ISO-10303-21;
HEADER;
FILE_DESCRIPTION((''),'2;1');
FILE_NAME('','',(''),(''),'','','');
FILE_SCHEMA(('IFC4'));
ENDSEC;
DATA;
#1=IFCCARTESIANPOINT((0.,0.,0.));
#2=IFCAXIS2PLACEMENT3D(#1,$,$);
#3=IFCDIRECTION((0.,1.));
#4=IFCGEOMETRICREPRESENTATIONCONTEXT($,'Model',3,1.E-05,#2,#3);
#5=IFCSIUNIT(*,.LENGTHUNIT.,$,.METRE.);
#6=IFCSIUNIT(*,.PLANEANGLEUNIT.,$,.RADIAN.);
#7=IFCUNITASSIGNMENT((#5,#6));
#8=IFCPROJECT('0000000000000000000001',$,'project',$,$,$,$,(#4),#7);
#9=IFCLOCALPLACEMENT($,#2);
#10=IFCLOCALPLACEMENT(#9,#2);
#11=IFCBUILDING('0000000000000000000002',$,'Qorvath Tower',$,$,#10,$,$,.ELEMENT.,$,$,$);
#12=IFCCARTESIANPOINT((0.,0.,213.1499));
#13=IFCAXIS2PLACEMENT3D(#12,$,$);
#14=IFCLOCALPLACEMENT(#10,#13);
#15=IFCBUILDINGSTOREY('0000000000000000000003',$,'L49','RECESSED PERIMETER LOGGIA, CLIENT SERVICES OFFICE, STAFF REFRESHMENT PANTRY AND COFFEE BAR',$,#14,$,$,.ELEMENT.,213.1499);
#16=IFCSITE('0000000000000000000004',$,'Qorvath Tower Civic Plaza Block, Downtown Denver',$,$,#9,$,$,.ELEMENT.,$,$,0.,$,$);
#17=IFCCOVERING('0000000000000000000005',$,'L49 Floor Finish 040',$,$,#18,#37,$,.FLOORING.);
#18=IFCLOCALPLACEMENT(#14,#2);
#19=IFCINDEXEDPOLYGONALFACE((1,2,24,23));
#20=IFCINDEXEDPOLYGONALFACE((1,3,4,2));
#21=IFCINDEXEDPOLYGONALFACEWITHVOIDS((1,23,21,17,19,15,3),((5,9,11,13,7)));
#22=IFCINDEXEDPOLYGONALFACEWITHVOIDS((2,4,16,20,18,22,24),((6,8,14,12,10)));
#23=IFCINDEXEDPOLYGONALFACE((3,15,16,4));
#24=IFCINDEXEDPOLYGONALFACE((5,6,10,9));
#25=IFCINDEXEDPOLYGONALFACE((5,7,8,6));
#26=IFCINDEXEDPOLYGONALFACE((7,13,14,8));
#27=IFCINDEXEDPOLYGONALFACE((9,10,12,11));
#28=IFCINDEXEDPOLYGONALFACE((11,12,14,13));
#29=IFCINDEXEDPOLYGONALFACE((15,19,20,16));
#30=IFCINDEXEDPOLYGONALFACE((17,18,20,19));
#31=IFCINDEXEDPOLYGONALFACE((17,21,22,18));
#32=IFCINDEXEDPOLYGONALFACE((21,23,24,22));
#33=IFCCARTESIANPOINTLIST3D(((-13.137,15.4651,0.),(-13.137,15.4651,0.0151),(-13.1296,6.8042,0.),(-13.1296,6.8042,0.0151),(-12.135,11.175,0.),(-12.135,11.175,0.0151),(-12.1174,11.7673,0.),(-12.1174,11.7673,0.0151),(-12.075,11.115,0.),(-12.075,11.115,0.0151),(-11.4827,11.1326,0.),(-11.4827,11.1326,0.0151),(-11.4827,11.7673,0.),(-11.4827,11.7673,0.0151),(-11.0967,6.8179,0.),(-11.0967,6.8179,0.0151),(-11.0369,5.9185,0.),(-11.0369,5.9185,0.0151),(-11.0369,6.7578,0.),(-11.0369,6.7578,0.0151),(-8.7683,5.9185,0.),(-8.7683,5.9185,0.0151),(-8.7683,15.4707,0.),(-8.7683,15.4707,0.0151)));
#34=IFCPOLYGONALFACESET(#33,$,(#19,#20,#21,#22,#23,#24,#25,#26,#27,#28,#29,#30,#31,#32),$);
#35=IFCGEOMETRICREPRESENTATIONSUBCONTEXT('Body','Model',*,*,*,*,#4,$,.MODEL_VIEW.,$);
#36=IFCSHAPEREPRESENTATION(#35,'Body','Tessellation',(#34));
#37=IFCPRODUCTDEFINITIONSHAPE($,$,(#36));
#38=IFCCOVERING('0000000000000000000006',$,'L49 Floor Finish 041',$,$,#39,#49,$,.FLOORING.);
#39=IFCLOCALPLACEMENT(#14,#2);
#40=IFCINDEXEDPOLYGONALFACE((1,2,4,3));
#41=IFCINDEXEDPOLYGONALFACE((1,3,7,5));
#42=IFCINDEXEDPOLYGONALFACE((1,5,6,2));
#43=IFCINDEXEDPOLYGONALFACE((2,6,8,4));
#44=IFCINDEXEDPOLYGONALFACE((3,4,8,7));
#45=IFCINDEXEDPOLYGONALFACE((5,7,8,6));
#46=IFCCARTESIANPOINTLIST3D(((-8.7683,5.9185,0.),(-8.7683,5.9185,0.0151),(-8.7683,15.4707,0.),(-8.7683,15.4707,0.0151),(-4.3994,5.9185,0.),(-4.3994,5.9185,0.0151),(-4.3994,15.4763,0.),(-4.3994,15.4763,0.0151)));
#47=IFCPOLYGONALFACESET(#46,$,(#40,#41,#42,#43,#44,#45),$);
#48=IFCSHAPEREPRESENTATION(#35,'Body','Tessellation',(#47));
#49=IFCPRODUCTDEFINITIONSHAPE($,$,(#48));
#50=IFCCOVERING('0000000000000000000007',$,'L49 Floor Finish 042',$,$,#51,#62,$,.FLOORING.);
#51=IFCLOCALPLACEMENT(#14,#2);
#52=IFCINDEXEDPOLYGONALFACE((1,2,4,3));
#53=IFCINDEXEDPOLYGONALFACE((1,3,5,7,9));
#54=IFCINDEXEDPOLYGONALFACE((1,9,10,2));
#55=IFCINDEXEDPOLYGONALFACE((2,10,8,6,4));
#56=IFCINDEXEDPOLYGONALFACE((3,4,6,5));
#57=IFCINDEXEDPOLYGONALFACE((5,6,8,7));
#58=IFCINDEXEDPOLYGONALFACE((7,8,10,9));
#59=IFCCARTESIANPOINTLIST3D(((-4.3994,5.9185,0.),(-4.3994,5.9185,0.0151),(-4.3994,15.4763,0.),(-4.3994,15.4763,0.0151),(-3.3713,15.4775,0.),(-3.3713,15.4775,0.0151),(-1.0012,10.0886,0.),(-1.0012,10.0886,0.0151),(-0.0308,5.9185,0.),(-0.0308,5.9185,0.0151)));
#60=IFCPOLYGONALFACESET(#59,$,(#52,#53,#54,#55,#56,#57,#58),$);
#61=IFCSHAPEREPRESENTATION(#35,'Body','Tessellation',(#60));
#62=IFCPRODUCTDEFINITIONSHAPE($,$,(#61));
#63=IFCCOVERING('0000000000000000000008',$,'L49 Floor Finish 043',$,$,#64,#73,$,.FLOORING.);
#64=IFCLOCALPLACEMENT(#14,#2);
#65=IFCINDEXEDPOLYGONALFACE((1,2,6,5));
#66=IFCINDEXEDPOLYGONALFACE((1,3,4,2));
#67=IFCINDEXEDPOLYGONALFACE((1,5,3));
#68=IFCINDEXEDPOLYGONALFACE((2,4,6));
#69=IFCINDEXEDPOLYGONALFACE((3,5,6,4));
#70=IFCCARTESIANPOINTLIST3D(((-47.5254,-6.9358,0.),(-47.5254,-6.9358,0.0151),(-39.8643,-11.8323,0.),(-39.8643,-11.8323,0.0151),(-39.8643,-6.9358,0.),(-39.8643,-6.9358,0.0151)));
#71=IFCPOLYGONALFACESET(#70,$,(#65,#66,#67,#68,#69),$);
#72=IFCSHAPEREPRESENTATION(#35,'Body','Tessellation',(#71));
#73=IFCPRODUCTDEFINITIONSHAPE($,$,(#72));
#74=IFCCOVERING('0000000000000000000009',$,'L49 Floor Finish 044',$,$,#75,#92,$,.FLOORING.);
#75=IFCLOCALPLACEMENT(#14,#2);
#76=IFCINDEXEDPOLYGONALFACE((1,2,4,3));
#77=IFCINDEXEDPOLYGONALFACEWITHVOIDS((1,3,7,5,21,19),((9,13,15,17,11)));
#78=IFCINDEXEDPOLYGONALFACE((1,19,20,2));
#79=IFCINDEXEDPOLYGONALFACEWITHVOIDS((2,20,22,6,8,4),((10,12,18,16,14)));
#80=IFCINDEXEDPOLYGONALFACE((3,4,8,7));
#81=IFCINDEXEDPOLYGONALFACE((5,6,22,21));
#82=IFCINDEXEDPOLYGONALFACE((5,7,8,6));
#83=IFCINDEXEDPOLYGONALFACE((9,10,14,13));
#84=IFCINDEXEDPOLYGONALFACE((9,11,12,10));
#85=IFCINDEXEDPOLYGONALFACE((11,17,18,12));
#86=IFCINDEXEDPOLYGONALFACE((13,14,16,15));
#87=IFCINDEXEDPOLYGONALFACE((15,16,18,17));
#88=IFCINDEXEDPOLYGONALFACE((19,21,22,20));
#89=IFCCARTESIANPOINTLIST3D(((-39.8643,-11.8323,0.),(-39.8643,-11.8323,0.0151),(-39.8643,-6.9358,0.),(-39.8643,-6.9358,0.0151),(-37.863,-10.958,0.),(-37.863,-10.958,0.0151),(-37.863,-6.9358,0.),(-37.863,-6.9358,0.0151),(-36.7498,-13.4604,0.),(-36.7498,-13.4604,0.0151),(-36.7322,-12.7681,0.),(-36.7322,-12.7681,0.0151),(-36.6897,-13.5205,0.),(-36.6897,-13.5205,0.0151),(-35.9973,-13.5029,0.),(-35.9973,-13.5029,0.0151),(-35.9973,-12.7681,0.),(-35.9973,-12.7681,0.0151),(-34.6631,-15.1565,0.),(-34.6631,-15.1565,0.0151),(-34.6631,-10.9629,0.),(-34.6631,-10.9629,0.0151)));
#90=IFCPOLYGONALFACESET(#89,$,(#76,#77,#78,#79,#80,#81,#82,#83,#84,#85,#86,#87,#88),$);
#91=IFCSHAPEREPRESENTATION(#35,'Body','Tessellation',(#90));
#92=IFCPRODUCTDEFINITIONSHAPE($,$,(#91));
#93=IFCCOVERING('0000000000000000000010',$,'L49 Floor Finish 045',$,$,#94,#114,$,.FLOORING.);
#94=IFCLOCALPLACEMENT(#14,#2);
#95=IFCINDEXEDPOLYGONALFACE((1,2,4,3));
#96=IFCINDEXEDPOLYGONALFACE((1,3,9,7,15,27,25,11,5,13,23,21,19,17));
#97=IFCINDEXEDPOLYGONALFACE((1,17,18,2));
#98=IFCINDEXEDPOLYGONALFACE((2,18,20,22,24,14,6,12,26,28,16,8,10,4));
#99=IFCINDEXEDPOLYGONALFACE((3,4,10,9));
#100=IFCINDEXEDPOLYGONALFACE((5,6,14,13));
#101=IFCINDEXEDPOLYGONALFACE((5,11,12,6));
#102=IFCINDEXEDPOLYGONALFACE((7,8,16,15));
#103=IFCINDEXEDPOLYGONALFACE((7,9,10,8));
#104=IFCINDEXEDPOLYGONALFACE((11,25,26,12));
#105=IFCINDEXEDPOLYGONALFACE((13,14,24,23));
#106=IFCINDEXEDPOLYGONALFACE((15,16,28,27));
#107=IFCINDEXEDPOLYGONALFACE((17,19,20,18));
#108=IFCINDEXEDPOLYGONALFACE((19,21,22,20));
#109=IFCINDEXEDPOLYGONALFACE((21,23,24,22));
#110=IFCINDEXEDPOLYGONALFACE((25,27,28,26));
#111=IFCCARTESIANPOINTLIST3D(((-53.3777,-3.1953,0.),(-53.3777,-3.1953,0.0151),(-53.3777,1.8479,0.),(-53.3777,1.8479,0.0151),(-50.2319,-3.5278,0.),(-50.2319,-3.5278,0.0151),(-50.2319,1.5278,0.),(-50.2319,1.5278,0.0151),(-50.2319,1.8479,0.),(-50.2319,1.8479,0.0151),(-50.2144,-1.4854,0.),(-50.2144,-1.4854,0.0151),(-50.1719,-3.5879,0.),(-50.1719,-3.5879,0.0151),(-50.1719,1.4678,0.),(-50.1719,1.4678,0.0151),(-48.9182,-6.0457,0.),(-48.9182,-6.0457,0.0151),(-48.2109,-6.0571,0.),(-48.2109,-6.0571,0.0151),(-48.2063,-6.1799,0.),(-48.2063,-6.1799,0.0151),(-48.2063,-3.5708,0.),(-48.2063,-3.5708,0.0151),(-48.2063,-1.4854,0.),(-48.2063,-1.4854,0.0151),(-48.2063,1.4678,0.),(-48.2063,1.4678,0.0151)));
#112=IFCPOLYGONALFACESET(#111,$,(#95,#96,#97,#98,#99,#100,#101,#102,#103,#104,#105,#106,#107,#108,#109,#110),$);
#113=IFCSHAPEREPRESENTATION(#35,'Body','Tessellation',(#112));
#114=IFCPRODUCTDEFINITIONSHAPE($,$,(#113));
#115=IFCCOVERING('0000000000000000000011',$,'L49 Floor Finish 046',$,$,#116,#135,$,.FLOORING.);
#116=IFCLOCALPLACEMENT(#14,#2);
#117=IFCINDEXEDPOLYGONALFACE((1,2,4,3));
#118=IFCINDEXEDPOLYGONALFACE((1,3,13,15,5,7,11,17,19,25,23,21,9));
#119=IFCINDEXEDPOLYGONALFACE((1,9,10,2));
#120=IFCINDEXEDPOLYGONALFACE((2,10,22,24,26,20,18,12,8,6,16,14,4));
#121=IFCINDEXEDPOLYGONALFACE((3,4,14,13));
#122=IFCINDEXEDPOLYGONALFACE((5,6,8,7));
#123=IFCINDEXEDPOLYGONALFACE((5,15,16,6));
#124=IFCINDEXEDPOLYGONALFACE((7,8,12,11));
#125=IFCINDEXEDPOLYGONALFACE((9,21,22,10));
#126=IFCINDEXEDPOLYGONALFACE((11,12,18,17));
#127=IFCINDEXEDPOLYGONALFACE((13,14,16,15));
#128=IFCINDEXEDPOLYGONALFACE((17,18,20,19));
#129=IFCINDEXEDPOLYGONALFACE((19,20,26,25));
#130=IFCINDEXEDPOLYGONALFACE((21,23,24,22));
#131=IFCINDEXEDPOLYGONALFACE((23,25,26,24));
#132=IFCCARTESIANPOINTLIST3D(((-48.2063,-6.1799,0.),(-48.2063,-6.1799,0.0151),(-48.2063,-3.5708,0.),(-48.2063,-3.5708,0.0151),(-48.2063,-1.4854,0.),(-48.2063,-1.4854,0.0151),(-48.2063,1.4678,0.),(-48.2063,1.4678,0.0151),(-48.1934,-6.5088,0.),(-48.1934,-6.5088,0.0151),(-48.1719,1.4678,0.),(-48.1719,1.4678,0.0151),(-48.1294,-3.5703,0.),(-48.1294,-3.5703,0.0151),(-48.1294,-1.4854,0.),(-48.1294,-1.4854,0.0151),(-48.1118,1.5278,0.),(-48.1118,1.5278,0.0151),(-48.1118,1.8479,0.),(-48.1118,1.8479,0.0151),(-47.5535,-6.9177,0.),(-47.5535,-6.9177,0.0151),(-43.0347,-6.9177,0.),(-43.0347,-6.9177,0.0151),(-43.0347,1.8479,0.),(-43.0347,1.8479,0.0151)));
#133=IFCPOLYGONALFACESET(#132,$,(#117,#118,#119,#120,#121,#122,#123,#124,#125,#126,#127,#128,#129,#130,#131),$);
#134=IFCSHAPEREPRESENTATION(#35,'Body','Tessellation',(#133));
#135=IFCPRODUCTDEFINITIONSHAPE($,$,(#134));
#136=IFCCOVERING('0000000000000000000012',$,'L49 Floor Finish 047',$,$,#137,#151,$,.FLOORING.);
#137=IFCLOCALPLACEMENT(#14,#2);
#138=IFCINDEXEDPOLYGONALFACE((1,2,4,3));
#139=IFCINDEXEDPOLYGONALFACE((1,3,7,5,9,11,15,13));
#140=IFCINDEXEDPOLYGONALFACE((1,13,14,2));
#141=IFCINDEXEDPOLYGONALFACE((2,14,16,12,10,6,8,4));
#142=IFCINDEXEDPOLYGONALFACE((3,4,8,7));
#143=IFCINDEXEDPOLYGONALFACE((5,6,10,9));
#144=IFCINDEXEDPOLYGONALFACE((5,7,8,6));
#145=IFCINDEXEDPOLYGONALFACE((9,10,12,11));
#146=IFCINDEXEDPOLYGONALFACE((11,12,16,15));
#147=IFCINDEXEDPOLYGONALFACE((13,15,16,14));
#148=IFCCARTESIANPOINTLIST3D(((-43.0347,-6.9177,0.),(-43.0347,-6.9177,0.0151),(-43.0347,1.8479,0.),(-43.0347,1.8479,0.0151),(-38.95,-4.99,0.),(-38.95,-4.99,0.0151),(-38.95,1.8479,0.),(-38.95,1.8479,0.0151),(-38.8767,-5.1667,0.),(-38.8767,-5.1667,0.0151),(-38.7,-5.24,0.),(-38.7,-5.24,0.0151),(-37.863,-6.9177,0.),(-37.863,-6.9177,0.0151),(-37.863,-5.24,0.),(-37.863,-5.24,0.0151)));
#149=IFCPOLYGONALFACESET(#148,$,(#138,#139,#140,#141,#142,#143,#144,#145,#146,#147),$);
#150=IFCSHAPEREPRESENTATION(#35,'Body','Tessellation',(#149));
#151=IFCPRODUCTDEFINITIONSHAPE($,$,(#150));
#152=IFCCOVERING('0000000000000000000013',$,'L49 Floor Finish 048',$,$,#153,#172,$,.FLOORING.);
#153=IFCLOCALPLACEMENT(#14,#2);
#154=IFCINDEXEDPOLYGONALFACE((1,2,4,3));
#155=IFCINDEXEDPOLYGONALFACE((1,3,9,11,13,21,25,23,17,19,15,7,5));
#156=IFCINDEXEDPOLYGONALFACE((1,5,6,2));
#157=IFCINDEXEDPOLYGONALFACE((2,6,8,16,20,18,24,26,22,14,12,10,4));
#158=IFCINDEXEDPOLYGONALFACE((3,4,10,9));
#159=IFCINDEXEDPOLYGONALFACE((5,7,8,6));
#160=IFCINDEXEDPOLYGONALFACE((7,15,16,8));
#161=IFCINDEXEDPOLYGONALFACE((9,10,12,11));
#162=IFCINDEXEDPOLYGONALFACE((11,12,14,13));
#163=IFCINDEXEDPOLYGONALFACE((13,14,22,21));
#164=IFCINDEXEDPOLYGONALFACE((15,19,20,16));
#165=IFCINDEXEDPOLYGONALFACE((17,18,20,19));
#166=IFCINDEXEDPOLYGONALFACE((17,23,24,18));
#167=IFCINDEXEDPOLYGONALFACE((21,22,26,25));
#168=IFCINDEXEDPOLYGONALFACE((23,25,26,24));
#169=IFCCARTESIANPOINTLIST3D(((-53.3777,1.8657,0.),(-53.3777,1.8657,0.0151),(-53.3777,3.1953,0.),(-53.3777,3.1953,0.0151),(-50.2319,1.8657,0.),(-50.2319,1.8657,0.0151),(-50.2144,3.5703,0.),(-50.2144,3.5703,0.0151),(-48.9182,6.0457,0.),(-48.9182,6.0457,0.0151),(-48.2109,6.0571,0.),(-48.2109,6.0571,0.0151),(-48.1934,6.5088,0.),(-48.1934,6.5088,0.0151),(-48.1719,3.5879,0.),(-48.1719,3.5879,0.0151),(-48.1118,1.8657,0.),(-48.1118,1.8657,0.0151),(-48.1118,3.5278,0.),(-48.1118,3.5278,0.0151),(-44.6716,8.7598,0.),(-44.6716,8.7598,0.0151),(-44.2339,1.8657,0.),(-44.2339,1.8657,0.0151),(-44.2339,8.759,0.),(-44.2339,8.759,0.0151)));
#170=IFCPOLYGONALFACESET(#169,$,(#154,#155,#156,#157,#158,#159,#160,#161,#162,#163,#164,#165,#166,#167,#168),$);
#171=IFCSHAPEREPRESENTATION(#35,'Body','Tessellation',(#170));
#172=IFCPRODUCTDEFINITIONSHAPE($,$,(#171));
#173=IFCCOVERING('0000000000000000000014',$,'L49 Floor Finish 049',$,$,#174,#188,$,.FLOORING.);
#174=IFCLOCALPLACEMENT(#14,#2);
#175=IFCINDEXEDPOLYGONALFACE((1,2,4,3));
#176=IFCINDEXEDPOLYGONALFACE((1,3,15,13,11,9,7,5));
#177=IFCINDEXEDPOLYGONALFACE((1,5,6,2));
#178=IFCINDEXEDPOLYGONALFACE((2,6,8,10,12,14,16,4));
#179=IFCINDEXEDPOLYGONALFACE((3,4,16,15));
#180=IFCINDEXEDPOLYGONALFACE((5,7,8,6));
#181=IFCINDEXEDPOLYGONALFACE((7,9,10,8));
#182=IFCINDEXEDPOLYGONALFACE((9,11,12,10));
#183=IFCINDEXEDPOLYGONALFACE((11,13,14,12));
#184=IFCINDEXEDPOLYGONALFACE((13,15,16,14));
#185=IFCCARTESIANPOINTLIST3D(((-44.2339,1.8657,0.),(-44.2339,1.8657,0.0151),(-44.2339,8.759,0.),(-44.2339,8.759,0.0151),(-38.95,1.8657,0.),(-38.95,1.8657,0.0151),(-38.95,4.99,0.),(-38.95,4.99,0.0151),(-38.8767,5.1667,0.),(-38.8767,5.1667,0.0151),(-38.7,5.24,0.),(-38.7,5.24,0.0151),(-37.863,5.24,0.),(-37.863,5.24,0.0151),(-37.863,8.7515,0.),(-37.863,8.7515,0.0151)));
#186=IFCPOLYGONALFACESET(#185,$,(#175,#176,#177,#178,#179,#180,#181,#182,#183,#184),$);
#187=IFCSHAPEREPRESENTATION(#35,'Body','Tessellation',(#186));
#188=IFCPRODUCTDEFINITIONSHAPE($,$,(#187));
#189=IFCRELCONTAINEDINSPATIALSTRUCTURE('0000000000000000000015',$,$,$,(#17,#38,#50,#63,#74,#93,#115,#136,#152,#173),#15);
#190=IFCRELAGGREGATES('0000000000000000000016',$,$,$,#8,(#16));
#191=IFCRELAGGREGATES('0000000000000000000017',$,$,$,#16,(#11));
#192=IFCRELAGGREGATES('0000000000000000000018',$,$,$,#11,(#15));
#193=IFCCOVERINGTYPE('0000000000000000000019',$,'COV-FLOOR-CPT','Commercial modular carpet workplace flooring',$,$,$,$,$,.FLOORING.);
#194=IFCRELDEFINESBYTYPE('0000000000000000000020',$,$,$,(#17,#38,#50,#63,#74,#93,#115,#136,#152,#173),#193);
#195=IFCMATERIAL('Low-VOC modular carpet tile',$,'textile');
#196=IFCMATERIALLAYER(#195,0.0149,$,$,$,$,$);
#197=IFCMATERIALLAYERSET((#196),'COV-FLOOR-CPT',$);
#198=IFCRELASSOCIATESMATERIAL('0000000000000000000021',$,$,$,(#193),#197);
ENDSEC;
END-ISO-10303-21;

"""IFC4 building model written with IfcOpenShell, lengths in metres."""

from ifc_helpers import new_model, si_unit, direction, frame, origin, place, context, subcontext, project, spatial, polyline, outline, extrude, material, layer, layer_set, type_object, element, save


model = new_model("IFC4")

# Units and contexts
model_context = context("Model", 3, precision=1e-05, world=origin(), true_north=direction((0.0, 1.0)))
body_context = subcontext(model_context, "Body", "Model", "MODEL_VIEW")
ifc_project = project(units=[si_unit("LENGTHUNIT", "METRE"), si_unit("PLANEANGLEUNIT", "RADIAN")], contexts=[model_context])

# Site, building, storey
site_placement = place(None, origin())
site = spatial("IfcSite", under=ifc_project, at=site_placement, Name="Qorvath Tower Civic Plaza Block, Downtown Denver", CompositionType="ELEMENT", RefElevation=0.0)
building_placement = place(site_placement, origin())
building = spatial("IfcBuilding", under=site, at=building_placement, Name="Qorvath Tower", CompositionType="ELEMENT")
storey_placement = place(building_placement, frame((0.0, 0.0, 213.1499)))
storey = spatial("IfcBuildingStorey", under=building, at=storey_placement, Name="L49", Description="RECESSED PERIMETER LOGGIA, CLIENT SERVICES OFFICE, STAFF REFRESHMENT PANTRY AND COFFEE BAR", CompositionType="ELEMENT", Elevation=213.1499)

# Coverings
ifc_material_1 = material(Name="Low-VOC modular carpet tile", Category="textile")
ifc_layer_1 = layer(ifc_material_1, 0.0149)
ifc_layer_set_1 = layer_set([ifc_layer_1], Name="COV-FLOOR-CPT")
covering_type_1 = type_object("IfcCoveringType", Name="COV-FLOOR-CPT", Description="Commercial modular carpet workplace flooring", PredefinedType="FLOORING", material=ifc_layer_set_1)
covering_1_placement = place(storey_placement, origin())
element("IfcCovering", 1, at=covering_1_placement, inside=storey, type_object=covering_type_1, Name="L49 Floor Finish 040", PredefinedType="FLOORING", context=body_context, shape_type="SweptSolid", body=[
    extrude(outline(polyline([(-11.0369, 6.7578), (-11.0369, 5.9185), (-8.7683, 5.9185), (-8.7683, 15.4707), (-13.137, 15.4651), (-13.1296, 6.8042), (-11.0967, 6.8179), (-11.0369, 6.7578)]), holes=[polyline([(-12.135, 11.175), (-12.1174, 11.7673), (-11.4827, 11.7673), (-11.4827, 11.1326), (-12.075, 11.115), (-12.135, 11.175)])]), origin(), (0.0, 0.0, 1.0), 0.0151),
])
covering_2_placement = place(storey_placement, origin())
element("IfcCovering", 2, at=covering_2_placement, inside=storey, type_object=covering_type_1, Name="L49 Floor Finish 041", PredefinedType="FLOORING", context=body_context, shape_type="SweptSolid", body=[
    extrude(outline(polyline([(-8.7683, 15.4707), (-8.7683, 5.9185), (-4.3994, 5.9185), (-4.3994, 15.4763), (-8.7683, 15.4707)])), origin(), (0.0, 0.0, 1.0), 0.0151),
])
covering_3_placement = place(storey_placement, origin())
element("IfcCovering", 3, at=covering_3_placement, inside=storey, type_object=covering_type_1, Name="L49 Floor Finish 042", PredefinedType="FLOORING", context=body_context, shape_type="SweptSolid", body=[
    extrude(outline(polyline([(-4.3994, 15.4763), (-4.3994, 5.9185), (-0.0308, 5.9185), (-1.0012, 10.0886), (-3.3713, 15.4775), (-4.3994, 15.4763)])), origin(), (0.0, 0.0, 1.0), 0.0151),
])
covering_4_placement = place(storey_placement, origin())
element("IfcCovering", 4, at=covering_4_placement, inside=storey, type_object=covering_type_1, Name="L49 Floor Finish 043", PredefinedType="FLOORING", context=body_context, shape_type="SweptSolid", body=[
    extrude(outline(polyline([(-39.8643, -11.8323), (-39.8643, -6.9358), (-47.5254, -6.9358), (-39.8643, -11.8323)])), origin(), (0.0, 0.0, 1.0), 0.0151),
])
covering_5_placement = place(storey_placement, origin())
element("IfcCovering", 5, at=covering_5_placement, inside=storey, type_object=covering_type_1, Name="L49 Floor Finish 044", PredefinedType="FLOORING", context=body_context, shape_type="SweptSolid", body=[
    extrude(outline(polyline([(-37.863, -10.958), (-37.863, -6.9358), (-39.8643, -6.9358), (-39.8643, -11.8323), (-34.6631, -15.1565), (-34.6631, -10.9629), (-37.863, -10.958)]), holes=[polyline([(-36.7498, -13.4604), (-36.7322, -12.7681), (-35.9973, -12.7681), (-35.9973, -13.5029), (-36.6897, -13.5205), (-36.7498, -13.4604)])]), origin(), (0.0, 0.0, 1.0), 0.0151),
])
covering_6_placement = place(storey_placement, origin())
element("IfcCovering", 6, at=covering_6_placement, inside=storey, type_object=covering_type_1, Name="L49 Floor Finish 045", PredefinedType="FLOORING", context=body_context, shape_type="SweptSolid", body=[
    extrude(outline(polyline([(-53.3777, 1.8479), (-53.3777, -3.1953), (-48.9182, -6.0457), (-48.2109, -6.0571), (-48.2063, -6.1799), (-48.2063, -3.5708), (-50.1719, -3.5879), (-50.2319, -3.5278), (-50.2144, -1.4854), (-48.2063, -1.4854), (-48.2063, 1.4678), (-50.1719, 1.4678), (-50.2319, 1.5278), (-50.2319, 1.8479), (-53.3777, 1.8479)])), origin(), (0.0, 0.0, 1.0), 0.0151),
])
covering_7_placement = place(storey_placement, origin())
element("IfcCovering", 7, at=covering_7_placement, inside=storey, type_object=covering_type_1, Name="L49 Floor Finish 046", PredefinedType="FLOORING", context=body_context, shape_type="SweptSolid", body=[
    extrude(outline(polyline([(-48.2063, 1.4678), (-48.2063, -1.4854), (-48.1294, -1.4854), (-48.1294, -3.5703), (-48.2063, -3.5708), (-48.2063, -6.1799), (-48.1934, -6.5088), (-47.5535, -6.9177), (-43.0347, -6.9177), (-43.0347, 1.8479), (-48.1118, 1.8479), (-48.1118, 1.5278), (-48.1719, 1.4678), (-48.2063, 1.4678)])), origin(), (0.0, 0.0, 1.0), 0.0151),
])
covering_8_placement = place(storey_placement, origin())
element("IfcCovering", 8, at=covering_8_placement, inside=storey, type_object=covering_type_1, Name="L49 Floor Finish 047", PredefinedType="FLOORING", context=body_context, shape_type="SweptSolid", body=[
    extrude(outline(polyline([(-43.0347, 1.8479), (-43.0347, -6.9177), (-37.863, -6.9177), (-37.863, -5.24), (-38.7, -5.24), (-38.8767, -5.1667), (-38.95, -4.99), (-38.95, 1.8479), (-43.0347, 1.8479)])), origin(), (0.0, 0.0, 1.0), 0.0151),
])
covering_9_placement = place(storey_placement, origin())
element("IfcCovering", 9, at=covering_9_placement, inside=storey, type_object=covering_type_1, Name="L49 Floor Finish 048", PredefinedType="FLOORING", context=body_context, shape_type="SweptSolid", body=[
    extrude(outline(polyline([(-44.2339, 1.8657), (-44.2339, 8.759), (-44.6716, 8.7598), (-48.1934, 6.5088), (-48.2109, 6.0571), (-48.9182, 6.0457), (-53.3777, 3.1953), (-53.3777, 1.8657), (-50.2319, 1.8657), (-50.2144, 3.5703), (-48.1719, 3.5879), (-48.1118, 3.5278), (-48.1118, 1.8657), (-44.2339, 1.8657)])), origin(), (0.0, 0.0, 1.0), 0.0151),
])
covering_10_placement = place(storey_placement, origin())
element("IfcCovering", 10, at=covering_10_placement, inside=storey, type_object=covering_type_1, Name="L49 Floor Finish 049", PredefinedType="FLOORING", context=body_context, shape_type="SweptSolid", body=[
    extrude(outline(polyline([(-37.863, 8.7515), (-44.2339, 8.759), (-44.2339, 1.8657), (-38.95, 1.8657), (-38.95, 4.99), (-38.8767, 5.1667), (-38.7, 5.24), (-37.863, 5.24), (-37.863, 8.7515)])), origin(), (0.0, 0.0, 1.0), 0.0151),
])

save(model, "model.ifc")
